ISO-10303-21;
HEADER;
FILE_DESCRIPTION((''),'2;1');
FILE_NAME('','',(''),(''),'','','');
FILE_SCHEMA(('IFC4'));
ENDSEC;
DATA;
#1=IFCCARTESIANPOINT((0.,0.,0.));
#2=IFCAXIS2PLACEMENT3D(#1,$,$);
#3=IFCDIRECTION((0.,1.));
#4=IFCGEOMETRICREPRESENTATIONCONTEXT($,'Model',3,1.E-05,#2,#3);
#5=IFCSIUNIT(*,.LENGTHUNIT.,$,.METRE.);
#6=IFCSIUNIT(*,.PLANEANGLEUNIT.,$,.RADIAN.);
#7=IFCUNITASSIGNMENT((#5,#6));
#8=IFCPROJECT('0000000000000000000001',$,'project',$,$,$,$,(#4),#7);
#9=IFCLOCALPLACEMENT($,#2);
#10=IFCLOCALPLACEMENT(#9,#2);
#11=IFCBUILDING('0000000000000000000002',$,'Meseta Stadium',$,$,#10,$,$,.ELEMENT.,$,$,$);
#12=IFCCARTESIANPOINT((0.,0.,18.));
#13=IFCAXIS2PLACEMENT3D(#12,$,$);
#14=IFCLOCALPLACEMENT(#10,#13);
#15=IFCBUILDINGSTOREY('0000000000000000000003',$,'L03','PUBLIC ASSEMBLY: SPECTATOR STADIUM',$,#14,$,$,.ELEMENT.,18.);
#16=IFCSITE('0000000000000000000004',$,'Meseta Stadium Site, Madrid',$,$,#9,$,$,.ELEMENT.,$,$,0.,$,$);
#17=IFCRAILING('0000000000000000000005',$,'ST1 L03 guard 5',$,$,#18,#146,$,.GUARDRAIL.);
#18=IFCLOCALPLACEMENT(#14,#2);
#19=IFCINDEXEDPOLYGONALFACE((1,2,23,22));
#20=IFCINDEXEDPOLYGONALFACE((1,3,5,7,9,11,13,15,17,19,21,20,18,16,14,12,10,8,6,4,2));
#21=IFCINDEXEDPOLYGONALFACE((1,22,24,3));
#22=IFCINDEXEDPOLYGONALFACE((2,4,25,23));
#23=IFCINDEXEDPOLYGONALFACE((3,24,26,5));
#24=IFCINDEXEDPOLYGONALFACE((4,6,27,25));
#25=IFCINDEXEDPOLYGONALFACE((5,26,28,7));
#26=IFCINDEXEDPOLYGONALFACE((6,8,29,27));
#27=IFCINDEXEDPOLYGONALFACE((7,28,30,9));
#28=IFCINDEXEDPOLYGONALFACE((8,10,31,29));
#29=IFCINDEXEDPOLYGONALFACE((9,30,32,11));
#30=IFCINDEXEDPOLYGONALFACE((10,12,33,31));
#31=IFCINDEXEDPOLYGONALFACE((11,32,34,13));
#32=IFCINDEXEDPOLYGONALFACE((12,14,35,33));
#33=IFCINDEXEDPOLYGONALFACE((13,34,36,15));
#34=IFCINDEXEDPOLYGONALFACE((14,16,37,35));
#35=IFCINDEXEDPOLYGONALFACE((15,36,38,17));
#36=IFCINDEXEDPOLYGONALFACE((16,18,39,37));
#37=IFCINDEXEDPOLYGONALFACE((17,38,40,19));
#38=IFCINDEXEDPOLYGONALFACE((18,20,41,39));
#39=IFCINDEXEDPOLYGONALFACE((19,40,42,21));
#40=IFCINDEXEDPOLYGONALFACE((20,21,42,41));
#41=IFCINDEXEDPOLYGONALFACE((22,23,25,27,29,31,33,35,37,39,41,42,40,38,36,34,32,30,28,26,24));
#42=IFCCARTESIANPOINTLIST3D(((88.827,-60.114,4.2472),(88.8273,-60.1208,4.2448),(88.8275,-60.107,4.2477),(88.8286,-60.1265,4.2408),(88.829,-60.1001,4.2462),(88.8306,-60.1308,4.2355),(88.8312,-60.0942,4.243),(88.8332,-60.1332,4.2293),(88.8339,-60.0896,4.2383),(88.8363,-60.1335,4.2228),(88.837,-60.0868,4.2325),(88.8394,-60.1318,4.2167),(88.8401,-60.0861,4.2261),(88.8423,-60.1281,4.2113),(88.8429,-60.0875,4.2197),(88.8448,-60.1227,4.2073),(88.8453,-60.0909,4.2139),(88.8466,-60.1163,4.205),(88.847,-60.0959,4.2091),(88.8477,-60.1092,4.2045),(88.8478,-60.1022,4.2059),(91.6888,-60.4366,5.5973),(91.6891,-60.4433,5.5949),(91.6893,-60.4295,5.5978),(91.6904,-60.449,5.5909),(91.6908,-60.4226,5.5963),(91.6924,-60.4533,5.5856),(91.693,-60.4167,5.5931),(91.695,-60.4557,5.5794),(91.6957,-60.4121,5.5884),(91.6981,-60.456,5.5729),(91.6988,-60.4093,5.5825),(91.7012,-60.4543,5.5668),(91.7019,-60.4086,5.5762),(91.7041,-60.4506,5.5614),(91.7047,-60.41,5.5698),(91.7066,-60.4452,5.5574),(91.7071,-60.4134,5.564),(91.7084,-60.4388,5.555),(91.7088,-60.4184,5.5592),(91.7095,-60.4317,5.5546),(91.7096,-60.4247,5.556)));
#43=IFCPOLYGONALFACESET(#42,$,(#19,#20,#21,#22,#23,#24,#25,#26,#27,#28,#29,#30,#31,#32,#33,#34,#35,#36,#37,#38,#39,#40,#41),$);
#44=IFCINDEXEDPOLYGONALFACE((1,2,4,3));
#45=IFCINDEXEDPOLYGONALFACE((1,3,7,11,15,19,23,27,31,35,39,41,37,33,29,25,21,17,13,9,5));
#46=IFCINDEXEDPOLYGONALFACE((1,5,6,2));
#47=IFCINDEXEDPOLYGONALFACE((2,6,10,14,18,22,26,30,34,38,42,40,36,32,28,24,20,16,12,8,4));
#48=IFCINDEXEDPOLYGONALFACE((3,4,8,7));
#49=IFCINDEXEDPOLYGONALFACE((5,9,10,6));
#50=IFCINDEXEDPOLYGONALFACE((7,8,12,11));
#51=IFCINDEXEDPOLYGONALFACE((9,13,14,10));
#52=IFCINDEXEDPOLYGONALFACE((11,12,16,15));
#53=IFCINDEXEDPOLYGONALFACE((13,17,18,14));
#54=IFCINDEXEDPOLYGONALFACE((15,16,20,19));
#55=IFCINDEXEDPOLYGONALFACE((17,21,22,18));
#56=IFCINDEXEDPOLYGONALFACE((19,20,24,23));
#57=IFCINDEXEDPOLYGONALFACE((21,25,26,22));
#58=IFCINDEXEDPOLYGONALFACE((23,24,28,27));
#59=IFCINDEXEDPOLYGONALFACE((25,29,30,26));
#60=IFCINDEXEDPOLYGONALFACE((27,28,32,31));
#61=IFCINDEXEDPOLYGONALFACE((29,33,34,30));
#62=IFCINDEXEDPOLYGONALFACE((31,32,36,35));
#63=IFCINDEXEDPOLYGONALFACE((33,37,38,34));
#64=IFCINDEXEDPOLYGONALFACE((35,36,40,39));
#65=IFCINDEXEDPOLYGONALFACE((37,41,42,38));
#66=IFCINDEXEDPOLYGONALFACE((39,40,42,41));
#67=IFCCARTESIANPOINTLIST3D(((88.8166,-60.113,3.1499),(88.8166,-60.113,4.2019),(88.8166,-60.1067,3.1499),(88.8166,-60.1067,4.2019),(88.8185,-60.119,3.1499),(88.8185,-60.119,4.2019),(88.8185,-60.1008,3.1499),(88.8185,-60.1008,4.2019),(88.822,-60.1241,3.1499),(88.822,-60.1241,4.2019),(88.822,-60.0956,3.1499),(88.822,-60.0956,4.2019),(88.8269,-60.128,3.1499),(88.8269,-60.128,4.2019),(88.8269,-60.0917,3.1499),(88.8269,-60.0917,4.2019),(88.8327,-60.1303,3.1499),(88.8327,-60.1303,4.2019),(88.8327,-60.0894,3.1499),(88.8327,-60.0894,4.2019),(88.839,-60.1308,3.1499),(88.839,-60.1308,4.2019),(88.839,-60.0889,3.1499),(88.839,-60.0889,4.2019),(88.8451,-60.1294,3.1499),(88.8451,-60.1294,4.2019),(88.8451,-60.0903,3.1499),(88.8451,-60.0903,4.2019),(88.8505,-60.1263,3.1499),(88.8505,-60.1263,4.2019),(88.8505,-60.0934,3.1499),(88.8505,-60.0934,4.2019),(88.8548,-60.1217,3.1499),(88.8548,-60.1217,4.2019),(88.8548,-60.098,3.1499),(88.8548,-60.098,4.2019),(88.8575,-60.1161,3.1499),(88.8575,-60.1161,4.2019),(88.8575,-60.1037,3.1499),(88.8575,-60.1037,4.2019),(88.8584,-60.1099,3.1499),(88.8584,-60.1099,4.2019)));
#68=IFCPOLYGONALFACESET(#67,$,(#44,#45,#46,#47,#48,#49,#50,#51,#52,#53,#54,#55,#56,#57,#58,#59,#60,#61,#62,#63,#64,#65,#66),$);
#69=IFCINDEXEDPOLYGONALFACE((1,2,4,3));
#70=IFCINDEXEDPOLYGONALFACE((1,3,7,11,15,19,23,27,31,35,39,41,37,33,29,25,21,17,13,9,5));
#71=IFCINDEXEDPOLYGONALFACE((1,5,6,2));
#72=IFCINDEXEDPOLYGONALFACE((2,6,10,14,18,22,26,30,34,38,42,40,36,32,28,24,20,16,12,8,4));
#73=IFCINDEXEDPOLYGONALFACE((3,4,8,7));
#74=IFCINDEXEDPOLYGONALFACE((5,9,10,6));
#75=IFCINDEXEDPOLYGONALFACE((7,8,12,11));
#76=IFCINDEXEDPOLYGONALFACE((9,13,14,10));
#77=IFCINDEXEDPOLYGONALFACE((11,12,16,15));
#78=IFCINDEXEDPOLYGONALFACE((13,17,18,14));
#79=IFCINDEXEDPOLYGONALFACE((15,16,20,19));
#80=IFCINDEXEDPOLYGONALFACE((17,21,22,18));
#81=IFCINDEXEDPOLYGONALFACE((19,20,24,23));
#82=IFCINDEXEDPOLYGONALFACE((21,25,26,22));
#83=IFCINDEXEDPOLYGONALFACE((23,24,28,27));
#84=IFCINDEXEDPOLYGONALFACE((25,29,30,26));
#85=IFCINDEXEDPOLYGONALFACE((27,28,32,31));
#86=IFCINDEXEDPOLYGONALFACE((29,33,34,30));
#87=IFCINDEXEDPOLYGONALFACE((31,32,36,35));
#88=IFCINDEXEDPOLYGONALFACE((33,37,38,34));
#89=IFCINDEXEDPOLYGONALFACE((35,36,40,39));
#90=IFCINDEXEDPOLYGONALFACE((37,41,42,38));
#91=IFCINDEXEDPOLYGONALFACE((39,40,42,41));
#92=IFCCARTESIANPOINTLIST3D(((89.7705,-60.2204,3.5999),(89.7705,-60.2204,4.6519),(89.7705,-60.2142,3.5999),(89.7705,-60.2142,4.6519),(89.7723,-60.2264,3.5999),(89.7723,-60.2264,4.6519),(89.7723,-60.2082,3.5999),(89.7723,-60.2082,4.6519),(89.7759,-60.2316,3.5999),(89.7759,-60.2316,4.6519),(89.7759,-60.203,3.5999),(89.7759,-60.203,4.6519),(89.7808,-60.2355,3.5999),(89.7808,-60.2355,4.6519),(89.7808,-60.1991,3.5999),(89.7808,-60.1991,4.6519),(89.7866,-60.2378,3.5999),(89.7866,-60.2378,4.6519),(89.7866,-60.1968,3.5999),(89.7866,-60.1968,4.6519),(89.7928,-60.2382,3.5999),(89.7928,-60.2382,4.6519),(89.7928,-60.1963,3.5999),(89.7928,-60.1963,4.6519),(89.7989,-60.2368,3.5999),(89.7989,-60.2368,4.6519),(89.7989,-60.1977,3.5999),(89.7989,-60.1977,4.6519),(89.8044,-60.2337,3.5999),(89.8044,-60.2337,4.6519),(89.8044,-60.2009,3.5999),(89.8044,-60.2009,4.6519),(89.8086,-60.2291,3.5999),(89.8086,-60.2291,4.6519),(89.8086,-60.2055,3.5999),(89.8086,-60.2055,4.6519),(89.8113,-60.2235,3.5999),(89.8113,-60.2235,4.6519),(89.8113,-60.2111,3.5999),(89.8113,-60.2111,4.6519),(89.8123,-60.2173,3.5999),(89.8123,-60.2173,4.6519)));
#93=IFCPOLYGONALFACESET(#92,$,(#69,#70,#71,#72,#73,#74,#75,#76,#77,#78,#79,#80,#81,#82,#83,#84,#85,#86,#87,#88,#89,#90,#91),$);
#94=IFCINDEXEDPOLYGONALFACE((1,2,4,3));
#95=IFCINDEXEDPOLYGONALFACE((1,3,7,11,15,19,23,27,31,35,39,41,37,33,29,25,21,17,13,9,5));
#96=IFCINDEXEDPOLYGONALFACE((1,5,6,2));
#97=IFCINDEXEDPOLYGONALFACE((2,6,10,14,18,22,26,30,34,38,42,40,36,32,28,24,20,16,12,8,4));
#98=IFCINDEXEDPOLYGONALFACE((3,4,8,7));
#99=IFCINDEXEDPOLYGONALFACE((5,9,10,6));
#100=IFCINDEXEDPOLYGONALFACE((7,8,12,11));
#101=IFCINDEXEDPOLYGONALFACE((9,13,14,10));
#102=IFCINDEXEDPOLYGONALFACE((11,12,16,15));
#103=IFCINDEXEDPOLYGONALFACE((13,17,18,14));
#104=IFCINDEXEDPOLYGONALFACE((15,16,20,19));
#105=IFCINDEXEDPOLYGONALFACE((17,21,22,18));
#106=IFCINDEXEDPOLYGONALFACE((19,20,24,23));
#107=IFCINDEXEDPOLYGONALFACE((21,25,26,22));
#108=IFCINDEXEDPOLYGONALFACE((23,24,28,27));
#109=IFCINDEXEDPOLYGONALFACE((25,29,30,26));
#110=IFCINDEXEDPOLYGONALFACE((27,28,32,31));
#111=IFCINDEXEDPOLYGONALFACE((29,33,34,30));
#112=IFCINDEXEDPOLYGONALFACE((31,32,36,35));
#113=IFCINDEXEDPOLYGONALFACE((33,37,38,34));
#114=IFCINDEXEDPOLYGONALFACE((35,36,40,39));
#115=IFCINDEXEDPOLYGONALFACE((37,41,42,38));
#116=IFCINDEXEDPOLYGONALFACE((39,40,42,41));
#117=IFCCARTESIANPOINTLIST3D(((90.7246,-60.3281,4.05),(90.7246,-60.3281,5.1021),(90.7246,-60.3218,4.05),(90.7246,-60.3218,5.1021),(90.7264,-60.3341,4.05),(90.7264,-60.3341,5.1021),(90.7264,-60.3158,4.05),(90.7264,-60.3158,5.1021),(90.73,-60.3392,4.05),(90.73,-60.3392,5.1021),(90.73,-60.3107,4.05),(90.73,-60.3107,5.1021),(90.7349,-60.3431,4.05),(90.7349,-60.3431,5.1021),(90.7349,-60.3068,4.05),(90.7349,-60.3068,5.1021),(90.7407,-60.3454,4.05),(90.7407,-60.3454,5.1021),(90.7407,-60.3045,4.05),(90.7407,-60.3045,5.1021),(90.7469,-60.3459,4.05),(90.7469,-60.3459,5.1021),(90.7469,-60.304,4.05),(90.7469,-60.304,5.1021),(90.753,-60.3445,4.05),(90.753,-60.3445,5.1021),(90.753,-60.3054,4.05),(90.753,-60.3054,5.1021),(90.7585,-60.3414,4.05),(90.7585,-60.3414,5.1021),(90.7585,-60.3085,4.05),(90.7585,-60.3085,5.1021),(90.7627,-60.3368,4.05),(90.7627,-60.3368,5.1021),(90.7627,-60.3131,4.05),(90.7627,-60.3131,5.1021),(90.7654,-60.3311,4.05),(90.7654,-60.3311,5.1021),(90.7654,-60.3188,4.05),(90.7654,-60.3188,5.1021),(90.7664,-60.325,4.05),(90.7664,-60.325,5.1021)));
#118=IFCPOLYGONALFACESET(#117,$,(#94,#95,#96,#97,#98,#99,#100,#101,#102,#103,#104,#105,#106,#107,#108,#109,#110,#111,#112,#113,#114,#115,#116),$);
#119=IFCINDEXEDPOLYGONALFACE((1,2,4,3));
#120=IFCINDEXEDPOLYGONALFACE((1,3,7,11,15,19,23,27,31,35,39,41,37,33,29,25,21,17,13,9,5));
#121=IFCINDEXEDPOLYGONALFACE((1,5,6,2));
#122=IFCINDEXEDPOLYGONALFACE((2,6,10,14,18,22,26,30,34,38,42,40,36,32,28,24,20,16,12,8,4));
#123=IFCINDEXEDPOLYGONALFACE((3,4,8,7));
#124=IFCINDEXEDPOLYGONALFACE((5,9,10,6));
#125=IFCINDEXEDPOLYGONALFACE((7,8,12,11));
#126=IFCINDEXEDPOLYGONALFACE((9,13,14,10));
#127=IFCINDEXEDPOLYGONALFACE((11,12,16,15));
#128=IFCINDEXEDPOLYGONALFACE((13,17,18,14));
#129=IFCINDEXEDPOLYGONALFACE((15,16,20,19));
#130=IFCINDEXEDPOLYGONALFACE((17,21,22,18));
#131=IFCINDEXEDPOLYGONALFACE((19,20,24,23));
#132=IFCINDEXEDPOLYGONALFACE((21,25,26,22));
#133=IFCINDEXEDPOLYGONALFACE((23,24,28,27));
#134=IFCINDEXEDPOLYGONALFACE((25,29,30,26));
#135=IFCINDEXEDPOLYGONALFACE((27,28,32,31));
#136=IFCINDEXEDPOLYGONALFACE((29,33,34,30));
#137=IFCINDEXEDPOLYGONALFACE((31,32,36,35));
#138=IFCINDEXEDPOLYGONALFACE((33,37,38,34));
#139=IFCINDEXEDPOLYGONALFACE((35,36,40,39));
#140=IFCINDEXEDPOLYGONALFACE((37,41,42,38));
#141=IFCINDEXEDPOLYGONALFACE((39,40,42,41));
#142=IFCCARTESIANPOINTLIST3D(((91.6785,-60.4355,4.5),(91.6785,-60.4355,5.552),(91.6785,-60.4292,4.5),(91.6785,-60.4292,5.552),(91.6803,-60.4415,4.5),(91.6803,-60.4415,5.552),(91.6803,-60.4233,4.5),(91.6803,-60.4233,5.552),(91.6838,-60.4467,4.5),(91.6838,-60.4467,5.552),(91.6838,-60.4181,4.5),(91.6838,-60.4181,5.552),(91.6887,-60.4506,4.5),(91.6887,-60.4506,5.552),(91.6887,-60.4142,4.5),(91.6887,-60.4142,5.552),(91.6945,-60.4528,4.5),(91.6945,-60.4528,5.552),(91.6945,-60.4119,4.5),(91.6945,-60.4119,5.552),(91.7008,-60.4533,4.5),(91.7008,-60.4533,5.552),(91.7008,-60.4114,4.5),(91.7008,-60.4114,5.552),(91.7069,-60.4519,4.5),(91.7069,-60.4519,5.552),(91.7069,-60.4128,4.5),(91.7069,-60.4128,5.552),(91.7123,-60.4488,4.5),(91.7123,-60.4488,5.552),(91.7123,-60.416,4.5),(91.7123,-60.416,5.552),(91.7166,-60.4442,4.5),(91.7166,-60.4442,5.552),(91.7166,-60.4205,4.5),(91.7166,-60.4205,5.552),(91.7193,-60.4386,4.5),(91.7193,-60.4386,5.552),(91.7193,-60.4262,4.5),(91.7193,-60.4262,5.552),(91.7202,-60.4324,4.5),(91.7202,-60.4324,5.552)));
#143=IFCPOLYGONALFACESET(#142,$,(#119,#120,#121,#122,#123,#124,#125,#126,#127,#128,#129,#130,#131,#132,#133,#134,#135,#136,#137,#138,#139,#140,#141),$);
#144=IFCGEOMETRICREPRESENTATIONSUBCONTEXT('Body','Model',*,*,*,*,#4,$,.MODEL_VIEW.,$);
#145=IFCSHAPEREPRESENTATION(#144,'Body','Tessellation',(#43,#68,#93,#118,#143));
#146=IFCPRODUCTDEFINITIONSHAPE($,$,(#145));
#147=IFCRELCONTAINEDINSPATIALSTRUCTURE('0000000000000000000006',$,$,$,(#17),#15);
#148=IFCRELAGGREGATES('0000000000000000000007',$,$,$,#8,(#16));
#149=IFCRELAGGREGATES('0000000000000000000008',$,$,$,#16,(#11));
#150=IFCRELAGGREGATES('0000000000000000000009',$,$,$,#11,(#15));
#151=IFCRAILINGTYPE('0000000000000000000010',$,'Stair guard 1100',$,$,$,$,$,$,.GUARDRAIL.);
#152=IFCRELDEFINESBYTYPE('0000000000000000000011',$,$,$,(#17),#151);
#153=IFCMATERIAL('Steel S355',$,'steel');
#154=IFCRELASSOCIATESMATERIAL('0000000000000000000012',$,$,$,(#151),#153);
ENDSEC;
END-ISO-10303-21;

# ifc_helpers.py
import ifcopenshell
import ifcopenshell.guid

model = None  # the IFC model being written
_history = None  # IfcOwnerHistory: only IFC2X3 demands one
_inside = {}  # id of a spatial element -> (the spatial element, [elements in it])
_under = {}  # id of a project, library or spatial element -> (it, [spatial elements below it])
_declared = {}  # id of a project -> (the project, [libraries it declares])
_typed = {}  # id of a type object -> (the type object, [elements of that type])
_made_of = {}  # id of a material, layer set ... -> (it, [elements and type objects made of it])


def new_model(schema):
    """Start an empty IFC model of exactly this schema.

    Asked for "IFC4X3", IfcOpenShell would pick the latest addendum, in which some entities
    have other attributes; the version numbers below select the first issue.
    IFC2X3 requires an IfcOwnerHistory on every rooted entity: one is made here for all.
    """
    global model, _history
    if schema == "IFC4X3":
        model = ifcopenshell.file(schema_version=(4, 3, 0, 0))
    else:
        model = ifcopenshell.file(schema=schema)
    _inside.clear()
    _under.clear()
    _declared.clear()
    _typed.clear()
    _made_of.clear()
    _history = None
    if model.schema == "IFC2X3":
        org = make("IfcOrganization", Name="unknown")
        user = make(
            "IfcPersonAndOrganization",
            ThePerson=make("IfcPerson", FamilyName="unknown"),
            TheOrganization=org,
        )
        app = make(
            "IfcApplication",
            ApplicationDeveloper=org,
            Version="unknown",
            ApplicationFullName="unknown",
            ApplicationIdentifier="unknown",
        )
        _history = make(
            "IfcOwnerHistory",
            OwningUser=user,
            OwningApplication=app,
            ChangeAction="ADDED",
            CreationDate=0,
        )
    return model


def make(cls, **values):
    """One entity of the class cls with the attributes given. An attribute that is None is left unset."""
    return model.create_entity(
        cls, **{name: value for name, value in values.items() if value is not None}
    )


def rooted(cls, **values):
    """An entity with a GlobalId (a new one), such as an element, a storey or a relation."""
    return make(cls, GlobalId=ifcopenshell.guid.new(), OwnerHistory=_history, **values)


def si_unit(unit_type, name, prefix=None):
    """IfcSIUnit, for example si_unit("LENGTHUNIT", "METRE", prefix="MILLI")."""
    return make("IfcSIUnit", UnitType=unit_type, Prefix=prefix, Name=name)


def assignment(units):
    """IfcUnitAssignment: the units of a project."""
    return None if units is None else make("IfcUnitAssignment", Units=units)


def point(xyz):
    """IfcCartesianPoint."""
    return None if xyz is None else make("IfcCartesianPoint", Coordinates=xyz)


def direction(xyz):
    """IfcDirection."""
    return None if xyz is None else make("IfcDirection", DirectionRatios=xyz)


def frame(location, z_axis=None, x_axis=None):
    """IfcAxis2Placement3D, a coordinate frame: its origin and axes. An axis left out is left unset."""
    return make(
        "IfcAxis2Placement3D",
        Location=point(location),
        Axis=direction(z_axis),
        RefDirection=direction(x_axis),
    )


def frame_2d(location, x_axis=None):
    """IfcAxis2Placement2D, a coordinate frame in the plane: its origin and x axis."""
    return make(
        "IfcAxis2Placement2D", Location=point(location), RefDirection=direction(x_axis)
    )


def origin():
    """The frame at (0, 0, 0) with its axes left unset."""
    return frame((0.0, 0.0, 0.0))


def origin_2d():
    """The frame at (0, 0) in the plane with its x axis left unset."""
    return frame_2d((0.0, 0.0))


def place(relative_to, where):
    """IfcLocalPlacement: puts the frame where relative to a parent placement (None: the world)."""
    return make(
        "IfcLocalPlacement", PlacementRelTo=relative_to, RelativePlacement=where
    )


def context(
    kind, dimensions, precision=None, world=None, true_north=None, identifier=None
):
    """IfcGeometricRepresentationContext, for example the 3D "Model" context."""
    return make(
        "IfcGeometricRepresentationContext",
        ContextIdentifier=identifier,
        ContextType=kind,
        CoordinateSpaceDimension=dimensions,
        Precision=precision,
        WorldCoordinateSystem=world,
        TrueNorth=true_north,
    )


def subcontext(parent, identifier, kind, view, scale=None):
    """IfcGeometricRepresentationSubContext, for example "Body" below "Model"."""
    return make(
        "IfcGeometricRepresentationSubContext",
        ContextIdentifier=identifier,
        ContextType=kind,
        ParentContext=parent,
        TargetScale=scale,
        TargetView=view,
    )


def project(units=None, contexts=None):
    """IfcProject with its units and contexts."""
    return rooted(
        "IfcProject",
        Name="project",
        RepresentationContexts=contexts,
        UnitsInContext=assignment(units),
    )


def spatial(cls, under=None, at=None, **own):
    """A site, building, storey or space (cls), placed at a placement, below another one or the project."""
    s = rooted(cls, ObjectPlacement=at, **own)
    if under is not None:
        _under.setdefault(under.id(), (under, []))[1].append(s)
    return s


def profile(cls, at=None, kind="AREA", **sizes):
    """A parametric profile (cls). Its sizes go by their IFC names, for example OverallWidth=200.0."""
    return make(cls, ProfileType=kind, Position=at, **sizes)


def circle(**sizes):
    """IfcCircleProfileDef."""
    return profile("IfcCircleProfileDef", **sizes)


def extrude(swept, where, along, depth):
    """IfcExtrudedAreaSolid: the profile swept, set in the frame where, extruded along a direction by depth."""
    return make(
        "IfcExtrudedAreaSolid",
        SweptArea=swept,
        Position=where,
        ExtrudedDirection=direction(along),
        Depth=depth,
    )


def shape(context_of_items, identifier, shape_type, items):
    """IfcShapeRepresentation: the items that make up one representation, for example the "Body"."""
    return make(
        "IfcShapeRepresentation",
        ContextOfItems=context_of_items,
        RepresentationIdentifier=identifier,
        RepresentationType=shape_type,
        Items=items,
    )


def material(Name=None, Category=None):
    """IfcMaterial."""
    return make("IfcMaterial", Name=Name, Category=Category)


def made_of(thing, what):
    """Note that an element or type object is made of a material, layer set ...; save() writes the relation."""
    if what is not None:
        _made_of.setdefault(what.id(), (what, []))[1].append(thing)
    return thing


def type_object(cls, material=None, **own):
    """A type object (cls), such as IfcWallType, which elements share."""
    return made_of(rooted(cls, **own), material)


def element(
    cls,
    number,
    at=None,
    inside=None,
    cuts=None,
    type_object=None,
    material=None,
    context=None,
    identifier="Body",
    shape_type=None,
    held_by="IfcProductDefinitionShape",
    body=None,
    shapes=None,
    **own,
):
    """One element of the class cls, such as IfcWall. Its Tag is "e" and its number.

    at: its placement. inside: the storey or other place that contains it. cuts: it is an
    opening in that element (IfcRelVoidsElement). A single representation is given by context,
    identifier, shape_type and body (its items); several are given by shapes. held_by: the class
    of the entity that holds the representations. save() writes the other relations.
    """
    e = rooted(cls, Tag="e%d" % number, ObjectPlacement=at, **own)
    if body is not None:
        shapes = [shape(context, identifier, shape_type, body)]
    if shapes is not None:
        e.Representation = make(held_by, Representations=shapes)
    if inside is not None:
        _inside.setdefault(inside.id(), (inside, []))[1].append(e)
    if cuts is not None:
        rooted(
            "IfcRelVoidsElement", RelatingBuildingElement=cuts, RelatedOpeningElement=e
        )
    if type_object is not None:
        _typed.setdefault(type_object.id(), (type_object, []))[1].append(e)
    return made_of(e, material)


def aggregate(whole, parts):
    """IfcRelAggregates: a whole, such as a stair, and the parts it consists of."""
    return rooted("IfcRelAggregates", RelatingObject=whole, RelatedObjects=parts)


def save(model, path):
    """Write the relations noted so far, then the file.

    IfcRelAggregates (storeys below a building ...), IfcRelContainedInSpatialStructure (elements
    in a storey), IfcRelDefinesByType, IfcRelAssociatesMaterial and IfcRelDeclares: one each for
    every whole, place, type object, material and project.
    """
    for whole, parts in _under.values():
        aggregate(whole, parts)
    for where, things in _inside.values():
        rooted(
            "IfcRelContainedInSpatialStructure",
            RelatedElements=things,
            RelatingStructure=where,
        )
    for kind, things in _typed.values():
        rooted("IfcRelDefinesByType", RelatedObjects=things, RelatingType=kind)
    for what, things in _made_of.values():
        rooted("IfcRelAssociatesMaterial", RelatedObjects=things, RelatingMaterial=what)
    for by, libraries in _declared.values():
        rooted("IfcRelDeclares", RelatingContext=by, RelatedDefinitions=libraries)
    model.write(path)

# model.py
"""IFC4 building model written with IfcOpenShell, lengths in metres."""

from ifc_helpers import new_model, si_unit, direction, frame, origin, origin_2d, place, context, subcontext, project, spatial, circle, extrude, material, type_object, element, save


model = new_model("IFC4")

# Units and contexts
model_context = context("Model", 3, precision=1e-05, world=origin(), true_north=direction((0.0, 1.0)))
body_context = subcontext(model_context, "Body", "Model", "MODEL_VIEW")
ifc_project = project(units=[si_unit("LENGTHUNIT", "METRE"), si_unit("PLANEANGLEUNIT", "RADIAN")], contexts=[model_context])

# Site, building, storey
site_placement = place(None, origin())
site = spatial("IfcSite", under=ifc_project, at=site_placement, Name="Meseta Stadium Site, Madrid", CompositionType="ELEMENT", RefElevation=0.0)
building_placement = place(site_placement, origin())
building = spatial("IfcBuilding", under=site, at=building_placement, Name="Meseta Stadium", CompositionType="ELEMENT")
storey_placement = place(building_placement, frame((0.0, 0.0, 18.0)))
storey = spatial("IfcBuildingStorey", under=building, at=storey_placement, Name="L03", Description="PUBLIC ASSEMBLY: SPECTATOR STADIUM", CompositionType="ELEMENT", Elevation=18.0)

# Railing
ifc_material_1 = material(Name="Steel S355", Category="steel")
railing_type_1 = type_object("IfcRailingType", Name="Stair guard 1100", PredefinedType="GUARDRAIL", material=ifc_material_1)
railing_1_placement = place(storey_placement, frame((88.8374, -60.1099, 3.1499)))
element("IfcRailing", 1, at=railing_1_placement, inside=storey, type_object=railing_type_1, Name="ST1 L03 guard 5", PredefinedType="GUARDRAIL", context=body_context, shape_type="SweptSolid", body=[
    extrude(circle(Radius=0.0239, at=origin_2d()), frame((0.0, 0.0, 1.0762), z_axis=(0.899748, -0.101396, 0.424467), x_axis=(0.111985, 0.99371, 0.0)), (0.0, 0.0, 1.0), 3.1807),
    extrude(circle(Radius=0.021, at=origin_2d()), origin(), (0.0, 0.0, 1.0), 1.052),
    extrude(circle(Radius=0.021, at=origin_2d()), frame((0.9539, -0.1074, 0.45)), (0.0, 0.0, 1.0), 1.052),
    extrude(circle(Radius=0.021, at=origin_2d()), frame((1.908, -0.2151, 0.9001)), (0.0, 0.0, 1.0), 1.052),
    extrude(circle(Radius=0.021, at=origin_2d()), frame((2.8618, -0.3225, 1.3501)), (0.0, 0.0, 1.0), 1.052),
])

save(model, "model.ifc")
